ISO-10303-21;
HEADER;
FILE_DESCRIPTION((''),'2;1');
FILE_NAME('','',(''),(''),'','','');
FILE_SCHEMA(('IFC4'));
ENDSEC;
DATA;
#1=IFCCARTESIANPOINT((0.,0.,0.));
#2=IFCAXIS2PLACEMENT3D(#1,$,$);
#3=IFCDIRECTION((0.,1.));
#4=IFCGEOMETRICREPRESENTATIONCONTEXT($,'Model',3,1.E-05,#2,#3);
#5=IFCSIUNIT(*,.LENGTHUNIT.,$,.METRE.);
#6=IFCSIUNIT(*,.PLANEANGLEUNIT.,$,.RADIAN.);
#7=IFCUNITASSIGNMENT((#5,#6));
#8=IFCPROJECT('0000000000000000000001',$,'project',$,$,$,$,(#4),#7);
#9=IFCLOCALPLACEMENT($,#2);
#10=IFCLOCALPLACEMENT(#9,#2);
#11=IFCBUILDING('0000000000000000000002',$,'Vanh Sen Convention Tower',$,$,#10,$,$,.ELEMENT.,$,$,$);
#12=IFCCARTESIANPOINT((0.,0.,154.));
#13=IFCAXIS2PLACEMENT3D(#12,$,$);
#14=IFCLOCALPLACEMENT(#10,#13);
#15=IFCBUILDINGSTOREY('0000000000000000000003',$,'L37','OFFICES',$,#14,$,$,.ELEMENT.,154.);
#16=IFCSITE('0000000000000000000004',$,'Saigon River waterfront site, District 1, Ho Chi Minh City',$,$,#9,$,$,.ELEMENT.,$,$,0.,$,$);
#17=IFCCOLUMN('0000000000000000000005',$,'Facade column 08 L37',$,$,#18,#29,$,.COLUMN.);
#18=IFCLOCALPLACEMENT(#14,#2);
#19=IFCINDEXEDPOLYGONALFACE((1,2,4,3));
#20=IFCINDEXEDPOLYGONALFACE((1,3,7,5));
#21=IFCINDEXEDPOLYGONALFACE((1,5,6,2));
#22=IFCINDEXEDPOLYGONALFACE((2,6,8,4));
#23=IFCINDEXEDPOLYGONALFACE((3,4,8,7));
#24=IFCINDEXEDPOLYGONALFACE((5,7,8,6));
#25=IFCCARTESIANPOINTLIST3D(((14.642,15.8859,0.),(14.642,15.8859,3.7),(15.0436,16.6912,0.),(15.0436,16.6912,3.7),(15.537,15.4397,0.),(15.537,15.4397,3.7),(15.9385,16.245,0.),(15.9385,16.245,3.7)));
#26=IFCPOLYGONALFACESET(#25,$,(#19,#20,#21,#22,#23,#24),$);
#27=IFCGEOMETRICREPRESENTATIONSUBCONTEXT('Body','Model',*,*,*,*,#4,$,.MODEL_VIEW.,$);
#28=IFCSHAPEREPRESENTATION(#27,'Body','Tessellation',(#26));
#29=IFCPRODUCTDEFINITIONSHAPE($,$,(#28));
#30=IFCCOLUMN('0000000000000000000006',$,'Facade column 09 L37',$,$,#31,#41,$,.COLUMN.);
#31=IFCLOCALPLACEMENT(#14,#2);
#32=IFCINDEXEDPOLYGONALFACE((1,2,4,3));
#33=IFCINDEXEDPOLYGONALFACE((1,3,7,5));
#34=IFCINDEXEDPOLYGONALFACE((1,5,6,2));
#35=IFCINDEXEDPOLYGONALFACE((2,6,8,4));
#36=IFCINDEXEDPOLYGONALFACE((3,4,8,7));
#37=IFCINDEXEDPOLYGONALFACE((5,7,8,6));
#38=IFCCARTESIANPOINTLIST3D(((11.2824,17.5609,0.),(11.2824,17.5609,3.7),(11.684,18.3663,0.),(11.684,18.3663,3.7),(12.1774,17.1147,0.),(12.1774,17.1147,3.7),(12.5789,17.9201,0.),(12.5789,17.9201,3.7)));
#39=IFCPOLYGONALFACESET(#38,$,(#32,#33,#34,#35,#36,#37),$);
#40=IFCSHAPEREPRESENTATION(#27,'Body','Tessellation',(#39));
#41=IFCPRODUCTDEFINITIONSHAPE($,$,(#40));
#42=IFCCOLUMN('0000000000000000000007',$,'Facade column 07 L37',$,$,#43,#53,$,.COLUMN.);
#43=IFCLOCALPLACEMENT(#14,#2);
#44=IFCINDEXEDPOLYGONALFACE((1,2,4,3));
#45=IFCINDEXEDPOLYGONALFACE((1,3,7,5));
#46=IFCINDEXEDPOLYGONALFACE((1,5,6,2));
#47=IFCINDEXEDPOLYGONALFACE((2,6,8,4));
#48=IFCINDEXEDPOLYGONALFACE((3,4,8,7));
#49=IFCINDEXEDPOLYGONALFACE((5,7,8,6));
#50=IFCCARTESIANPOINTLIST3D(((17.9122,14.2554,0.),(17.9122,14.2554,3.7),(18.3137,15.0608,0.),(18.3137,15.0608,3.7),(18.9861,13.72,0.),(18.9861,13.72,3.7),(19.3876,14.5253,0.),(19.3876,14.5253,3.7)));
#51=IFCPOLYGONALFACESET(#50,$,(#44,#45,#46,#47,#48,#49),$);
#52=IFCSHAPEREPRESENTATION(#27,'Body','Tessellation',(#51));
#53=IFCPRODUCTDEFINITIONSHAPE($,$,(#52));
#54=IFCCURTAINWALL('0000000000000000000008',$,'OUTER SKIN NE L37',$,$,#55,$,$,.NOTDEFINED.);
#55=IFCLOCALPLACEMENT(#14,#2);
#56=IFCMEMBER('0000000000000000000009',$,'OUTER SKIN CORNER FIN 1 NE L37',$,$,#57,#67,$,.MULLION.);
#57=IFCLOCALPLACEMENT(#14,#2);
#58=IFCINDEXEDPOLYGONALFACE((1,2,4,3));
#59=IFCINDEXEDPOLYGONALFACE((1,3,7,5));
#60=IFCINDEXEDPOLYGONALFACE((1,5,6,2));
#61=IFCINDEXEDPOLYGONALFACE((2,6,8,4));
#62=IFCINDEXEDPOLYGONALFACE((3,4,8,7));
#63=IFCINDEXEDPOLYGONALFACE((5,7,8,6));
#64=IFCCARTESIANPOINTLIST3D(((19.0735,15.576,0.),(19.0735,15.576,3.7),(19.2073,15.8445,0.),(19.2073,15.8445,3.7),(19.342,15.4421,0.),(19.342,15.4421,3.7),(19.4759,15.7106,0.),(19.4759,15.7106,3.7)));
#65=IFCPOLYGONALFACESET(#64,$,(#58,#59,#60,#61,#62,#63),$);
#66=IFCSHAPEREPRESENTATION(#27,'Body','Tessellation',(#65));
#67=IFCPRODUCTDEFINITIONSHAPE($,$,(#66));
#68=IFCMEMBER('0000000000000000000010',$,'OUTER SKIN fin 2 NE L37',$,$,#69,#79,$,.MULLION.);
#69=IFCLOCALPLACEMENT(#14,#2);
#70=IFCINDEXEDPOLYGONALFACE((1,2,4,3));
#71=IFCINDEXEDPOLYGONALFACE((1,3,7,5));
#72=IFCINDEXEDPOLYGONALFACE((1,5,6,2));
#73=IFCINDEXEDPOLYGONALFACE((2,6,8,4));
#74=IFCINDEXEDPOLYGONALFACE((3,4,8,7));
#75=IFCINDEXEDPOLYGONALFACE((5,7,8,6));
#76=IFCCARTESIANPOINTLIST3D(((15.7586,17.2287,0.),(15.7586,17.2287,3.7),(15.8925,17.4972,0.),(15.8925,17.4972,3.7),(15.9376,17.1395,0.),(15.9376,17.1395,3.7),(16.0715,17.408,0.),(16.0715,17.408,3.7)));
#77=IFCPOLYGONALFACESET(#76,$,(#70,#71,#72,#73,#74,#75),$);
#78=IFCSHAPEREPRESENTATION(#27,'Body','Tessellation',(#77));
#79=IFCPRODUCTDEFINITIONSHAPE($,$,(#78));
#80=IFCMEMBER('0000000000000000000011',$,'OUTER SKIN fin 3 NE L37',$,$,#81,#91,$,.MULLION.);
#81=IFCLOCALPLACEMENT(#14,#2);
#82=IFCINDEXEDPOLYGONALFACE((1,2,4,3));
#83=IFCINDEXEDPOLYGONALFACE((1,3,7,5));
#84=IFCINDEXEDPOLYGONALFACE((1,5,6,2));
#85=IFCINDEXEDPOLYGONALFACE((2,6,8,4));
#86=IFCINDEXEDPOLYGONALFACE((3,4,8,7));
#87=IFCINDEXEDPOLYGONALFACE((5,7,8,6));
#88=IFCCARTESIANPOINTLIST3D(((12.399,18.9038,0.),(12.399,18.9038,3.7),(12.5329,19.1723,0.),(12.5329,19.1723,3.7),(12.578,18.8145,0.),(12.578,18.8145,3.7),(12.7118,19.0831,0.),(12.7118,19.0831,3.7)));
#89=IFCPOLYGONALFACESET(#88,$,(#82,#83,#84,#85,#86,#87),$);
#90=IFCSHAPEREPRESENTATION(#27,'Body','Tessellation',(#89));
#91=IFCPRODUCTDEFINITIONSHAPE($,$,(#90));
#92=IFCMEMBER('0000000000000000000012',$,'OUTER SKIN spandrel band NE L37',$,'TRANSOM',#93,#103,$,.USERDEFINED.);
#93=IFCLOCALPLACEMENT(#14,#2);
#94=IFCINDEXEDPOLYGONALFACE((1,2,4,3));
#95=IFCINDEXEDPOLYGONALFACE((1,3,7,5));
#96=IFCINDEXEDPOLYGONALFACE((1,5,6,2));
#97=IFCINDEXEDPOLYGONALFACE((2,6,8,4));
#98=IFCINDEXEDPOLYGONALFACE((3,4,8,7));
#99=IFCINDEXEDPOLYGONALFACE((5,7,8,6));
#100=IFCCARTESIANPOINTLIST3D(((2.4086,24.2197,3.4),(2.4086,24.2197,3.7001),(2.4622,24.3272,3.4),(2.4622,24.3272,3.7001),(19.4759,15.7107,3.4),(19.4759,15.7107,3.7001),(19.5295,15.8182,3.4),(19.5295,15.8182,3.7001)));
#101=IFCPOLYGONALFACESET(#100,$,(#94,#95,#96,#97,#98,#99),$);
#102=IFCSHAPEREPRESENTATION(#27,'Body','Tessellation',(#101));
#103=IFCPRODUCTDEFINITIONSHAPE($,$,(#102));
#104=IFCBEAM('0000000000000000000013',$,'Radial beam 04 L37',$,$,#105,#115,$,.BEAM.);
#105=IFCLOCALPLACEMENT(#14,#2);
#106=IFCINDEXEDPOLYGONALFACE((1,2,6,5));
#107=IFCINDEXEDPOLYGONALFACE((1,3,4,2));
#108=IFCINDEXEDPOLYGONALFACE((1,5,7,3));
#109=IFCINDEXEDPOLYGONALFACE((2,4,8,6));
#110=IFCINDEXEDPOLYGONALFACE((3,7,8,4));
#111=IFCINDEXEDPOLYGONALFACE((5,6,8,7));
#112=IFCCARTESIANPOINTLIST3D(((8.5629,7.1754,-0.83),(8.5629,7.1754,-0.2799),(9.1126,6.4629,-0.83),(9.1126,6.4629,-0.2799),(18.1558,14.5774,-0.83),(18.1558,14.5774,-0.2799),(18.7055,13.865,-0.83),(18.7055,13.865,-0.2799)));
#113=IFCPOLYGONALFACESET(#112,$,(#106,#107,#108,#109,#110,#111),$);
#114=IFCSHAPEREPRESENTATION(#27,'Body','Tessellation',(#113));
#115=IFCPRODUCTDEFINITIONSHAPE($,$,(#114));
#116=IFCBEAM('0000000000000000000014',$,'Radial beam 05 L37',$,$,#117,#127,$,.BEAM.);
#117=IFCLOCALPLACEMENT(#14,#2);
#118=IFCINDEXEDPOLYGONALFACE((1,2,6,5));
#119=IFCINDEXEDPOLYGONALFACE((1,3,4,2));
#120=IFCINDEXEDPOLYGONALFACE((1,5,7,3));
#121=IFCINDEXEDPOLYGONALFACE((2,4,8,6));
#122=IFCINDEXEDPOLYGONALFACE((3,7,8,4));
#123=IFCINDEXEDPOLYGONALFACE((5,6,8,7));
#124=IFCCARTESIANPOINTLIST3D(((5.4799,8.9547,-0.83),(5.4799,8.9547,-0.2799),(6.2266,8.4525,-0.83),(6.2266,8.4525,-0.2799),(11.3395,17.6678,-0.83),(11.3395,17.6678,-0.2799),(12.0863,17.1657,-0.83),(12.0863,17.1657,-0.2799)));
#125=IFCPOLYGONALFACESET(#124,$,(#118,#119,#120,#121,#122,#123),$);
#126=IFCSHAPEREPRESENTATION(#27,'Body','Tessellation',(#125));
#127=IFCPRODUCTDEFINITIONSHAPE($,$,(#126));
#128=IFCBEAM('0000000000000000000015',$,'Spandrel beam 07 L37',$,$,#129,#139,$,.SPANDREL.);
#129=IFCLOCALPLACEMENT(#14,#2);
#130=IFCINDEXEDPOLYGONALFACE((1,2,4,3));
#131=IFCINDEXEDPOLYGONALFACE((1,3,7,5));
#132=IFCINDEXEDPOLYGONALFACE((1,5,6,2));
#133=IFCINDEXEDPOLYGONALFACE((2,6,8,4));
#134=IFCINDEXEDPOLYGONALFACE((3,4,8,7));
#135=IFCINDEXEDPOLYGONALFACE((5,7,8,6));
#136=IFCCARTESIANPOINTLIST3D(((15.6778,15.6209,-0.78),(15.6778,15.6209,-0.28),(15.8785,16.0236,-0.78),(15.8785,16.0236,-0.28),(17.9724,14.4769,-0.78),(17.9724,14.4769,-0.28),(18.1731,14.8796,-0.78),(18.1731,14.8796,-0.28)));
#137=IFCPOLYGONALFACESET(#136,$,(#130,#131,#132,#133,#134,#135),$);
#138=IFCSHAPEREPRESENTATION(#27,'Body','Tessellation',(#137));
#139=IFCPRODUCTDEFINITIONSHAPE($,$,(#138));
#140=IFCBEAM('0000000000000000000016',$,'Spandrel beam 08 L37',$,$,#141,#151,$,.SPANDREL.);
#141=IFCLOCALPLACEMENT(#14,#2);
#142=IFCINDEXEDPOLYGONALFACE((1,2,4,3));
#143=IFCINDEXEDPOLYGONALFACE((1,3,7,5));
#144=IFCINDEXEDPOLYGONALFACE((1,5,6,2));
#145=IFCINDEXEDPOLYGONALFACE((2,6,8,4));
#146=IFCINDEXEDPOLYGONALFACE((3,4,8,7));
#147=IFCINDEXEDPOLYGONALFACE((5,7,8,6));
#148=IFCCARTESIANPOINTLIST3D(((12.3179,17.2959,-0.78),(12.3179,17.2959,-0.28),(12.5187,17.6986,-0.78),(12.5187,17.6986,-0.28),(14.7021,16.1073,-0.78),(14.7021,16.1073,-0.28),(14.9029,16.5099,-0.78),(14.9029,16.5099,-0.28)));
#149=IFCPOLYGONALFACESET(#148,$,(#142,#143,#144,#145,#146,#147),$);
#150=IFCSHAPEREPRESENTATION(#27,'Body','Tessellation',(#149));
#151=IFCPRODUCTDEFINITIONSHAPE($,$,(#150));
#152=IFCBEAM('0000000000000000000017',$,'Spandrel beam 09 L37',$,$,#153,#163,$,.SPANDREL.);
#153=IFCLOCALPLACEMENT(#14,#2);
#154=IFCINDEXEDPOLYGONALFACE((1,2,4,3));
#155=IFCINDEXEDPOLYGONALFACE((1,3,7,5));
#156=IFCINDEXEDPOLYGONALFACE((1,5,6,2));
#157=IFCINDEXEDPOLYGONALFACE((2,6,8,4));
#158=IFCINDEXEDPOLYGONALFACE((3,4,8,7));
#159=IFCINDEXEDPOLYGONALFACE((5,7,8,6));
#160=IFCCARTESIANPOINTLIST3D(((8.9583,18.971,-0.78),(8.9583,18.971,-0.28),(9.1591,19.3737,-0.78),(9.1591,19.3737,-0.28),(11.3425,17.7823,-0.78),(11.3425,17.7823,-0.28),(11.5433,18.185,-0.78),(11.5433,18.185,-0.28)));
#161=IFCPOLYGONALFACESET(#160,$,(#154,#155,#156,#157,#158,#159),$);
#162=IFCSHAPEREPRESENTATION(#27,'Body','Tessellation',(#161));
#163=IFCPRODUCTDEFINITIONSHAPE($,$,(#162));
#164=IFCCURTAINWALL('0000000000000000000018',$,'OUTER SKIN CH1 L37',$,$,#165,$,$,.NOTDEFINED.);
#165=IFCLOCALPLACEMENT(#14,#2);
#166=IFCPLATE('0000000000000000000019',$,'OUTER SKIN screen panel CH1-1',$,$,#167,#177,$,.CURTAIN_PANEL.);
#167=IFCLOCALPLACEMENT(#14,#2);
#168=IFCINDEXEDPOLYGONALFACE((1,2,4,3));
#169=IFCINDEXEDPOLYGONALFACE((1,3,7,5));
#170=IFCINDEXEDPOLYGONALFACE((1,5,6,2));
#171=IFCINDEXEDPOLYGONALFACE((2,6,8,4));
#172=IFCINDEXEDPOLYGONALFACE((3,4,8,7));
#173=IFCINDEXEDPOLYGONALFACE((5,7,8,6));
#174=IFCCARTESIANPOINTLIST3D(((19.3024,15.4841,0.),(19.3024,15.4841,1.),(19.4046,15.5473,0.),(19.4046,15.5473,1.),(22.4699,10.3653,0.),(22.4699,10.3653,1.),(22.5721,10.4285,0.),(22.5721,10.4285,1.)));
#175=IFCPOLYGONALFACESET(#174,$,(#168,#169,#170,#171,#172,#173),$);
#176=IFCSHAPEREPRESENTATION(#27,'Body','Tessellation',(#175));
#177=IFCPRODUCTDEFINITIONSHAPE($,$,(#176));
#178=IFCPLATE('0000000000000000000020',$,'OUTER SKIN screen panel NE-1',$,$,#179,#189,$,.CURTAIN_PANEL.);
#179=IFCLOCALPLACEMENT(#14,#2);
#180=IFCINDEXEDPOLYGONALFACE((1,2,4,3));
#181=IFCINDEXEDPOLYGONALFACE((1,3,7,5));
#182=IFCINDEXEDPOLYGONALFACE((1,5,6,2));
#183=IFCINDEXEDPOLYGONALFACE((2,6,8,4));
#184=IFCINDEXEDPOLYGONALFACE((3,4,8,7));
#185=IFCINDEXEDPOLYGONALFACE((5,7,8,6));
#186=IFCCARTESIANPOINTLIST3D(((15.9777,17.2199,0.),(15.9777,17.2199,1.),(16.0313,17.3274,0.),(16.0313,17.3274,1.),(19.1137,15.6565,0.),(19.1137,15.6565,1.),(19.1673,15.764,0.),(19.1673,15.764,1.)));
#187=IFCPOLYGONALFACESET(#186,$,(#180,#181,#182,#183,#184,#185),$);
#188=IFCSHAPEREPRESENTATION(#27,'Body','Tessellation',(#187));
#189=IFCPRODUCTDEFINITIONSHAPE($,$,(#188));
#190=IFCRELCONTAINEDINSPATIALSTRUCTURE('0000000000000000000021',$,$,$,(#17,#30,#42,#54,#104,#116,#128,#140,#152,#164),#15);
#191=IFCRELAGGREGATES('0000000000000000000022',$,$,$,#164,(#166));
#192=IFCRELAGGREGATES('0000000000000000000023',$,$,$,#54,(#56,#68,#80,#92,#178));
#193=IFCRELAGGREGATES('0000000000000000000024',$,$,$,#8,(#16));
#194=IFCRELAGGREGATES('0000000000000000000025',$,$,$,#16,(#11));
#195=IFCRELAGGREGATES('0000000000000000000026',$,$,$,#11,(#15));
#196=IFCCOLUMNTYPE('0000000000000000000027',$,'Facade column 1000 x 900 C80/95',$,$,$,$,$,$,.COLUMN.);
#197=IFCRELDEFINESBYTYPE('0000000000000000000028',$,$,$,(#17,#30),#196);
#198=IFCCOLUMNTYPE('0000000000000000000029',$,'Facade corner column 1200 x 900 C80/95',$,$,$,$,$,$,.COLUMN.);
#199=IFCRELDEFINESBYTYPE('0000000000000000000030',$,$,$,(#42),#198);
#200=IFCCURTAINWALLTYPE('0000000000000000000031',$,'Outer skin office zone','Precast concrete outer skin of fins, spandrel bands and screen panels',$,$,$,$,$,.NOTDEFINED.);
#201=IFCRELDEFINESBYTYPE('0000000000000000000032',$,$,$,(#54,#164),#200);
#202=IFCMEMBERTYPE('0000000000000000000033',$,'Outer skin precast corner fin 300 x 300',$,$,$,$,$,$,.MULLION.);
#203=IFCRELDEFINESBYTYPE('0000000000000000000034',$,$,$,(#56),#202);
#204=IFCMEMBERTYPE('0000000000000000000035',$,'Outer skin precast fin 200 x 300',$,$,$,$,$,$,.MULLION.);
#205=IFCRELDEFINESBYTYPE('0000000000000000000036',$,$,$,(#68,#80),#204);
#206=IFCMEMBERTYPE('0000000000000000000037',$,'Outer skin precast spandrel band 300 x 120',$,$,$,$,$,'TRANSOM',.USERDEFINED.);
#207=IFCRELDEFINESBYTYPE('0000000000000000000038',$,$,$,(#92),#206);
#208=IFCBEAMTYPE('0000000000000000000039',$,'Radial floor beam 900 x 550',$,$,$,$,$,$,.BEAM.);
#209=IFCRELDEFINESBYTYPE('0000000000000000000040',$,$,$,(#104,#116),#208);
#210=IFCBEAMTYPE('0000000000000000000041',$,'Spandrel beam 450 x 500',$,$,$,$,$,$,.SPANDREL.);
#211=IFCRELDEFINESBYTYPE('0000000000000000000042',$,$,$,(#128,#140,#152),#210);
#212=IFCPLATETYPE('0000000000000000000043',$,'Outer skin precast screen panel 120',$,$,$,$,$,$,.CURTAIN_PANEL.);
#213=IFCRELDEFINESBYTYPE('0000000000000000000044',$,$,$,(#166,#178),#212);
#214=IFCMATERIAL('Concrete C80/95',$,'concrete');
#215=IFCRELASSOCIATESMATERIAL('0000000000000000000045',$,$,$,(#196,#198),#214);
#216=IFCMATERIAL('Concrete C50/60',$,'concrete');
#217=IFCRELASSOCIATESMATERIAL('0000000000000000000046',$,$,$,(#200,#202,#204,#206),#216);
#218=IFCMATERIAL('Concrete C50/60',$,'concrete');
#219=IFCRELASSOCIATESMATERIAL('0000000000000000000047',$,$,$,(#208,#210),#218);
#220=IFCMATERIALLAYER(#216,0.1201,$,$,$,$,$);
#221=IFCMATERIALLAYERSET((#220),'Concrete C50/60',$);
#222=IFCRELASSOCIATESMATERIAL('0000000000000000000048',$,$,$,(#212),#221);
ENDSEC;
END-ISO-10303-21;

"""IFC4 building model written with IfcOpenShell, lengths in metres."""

from ifc_helpers import new_model, si_unit, direction, frame, origin, origin_2d, place, context, subcontext, project, spatial, rectangle, extrude, material, layer, layer_set, material_profile, profile_set, type_object, element, aggregate, save


model = new_model("IFC4")

# Units and contexts
model_context = context("Model", 3, precision=1e-05, world=origin(), true_north=direction((0.0, 1.0)))
body_context = subcontext(model_context, "Body", "Model", "MODEL_VIEW")
ifc_project = project(units=[si_unit("LENGTHUNIT", "METRE"), si_unit("PLANEANGLEUNIT", "RADIAN")], contexts=[model_context])

# Site, building, storey
site_placement = place(None, origin())
site = spatial("IfcSite", under=ifc_project, at=site_placement, Name="Saigon River waterfront site, District 1, Ho Chi Minh City", CompositionType="ELEMENT", RefElevation=0.0)
building_placement = place(site_placement, origin())
building = spatial("IfcBuilding", under=site, at=building_placement, Name="Vanh Sen Convention Tower", CompositionType="ELEMENT")
storey_placement = place(building_placement, frame((0.0, 0.0, 154.0)))
storey = spatial("IfcBuildingStorey", under=building, at=storey_placement, Name="L37", Description="OFFICES", CompositionType="ELEMENT", Elevation=154.0)

# Columns
ifc_material_1 = material(Name="Concrete C80/95", Category="concrete")
ifc_material_profile_1 = material_profile(ifc_material_1, rectangle(XDim=1.0, YDim=0.8999, at=origin_2d()), Name="RC 1000X900")
ifc_profile_set_1 = profile_set([ifc_material_profile_1], Name="Concrete C80/95")
column_type_1 = type_object("IfcColumnType", Name="Facade column 1000 x 900 C80/95", PredefinedType="COLUMN", material=ifc_profile_set_1)
for number, where, z_axis, x_axis, name in (
    (1, (15.2903, 16.0654, 0.0), (0.0, 0.0, 1.0), (-0.894934, 0.446198, 0.0), "Facade column 08 L37"),
    (2, (11.9307, 17.7405, 0.0), (0.0, 0.0, 1.0), (-0.894934, 0.446198, 0.0), "Facade column 09 L37"),
):
    element("IfcColumn", number, at=place(storey_placement, frame(where, z_axis=z_axis, x_axis=x_axis)), inside=storey, type_object=column_type_1, Name=name, PredefinedType="COLUMN", context=body_context, shape_type="SweptSolid", body=[
        extrude(rectangle(XDim=1.0, YDim=0.8999, at=origin_2d()), origin(), (0.0, 0.0, 1.0), 3.7),
    ])
ifc_material_profile_2 = material_profile(ifc_material_1, rectangle(XDim=1.2, YDim=0.8999, at=origin_2d()), Name="RC 1200X900")
ifc_profile_set_2 = profile_set([ifc_material_profile_2], Name="Concrete C80/95")
column_type_2 = type_object("IfcColumnType", Name="Facade corner column 1200 x 900 C80/95", PredefinedType="COLUMN", material=ifc_profile_set_2)
column_placement = place(storey_placement, frame((18.6499, 14.3904, 0.0), z_axis=(0.0, 0.0, 1.0), x_axis=(-0.894934, 0.446198, 0.0)))
element("IfcColumn", 3, at=column_placement, inside=storey, type_object=column_type_2, Name="Facade column 07 L37", PredefinedType="COLUMN", context=body_context, shape_type="SweptSolid", body=[
    extrude(rectangle(XDim=1.2, YDim=0.8999, at=origin_2d()), origin(), (0.0, 0.0, 1.0), 3.7),
])

# Curtain wall, members
ifc_material_2 = material(Name="Concrete C50/60", Category="concrete")
curtain_wall_type = type_object("IfcCurtainWallType", Name="Outer skin office zone", Description="Precast concrete outer skin of fins, spandrel bands and screen panels", PredefinedType="NOTDEFINED", material=ifc_material_2)
curtain_wall_1_placement = place(storey_placement, origin())
curtain_wall_1 = element("IfcCurtainWall", 4, at=curtain_wall_1_placement, inside=storey, type_object=curtain_wall_type, Name="OUTER SKIN NE L37", PredefinedType="NOTDEFINED")
ifc_material_profile_3 = material_profile(ifc_material_2, rectangle(XDim=0.3, YDim=0.3, at=origin_2d()), Name="Outer skin precast corner fin 300 x 300")
ifc_profile_set_3 = profile_set([ifc_material_profile_3], Name="Concrete C50/60")
member_type_1 = type_object("IfcMemberType", Name="Outer skin precast corner fin 300 x 300", PredefinedType="MULLION", material=ifc_profile_set_3)
member_1_placement = place(storey_placement, frame((19.2747, 15.6433, 0.0), z_axis=(0.0, 0.0, 1.0), x_axis=(-0.894934, 0.446198, 0.0)))
member_1 = element("IfcMember", 5, at=member_1_placement, type_object=member_type_1, Name="OUTER SKIN CORNER FIN 1 NE L37", PredefinedType="MULLION", context=body_context, shape_type="SweptSolid", body=[
    extrude(rectangle(XDim=0.3, YDim=0.3, at=origin_2d()), origin(), (0.0, 0.0, 1.0), 3.7),
])
ifc_material_profile_4 = material_profile(ifc_material_2, rectangle(XDim=0.2, YDim=0.3, at=origin_2d()), Name="Outer skin precast fin 200 x 300")
ifc_profile_set_4 = profile_set([ifc_material_profile_4], Name="Concrete C50/60")
member_type_2 = type_object("IfcMemberType", Name="Outer skin precast fin 200 x 300", PredefinedType="MULLION", material=ifc_profile_set_4)
member_2_placement = place(storey_placement, frame((15.915, 17.3184, 0.0), z_axis=(0.0, 0.0, 1.0), x_axis=(-0.894934, 0.446198, 0.0)))
member_2 = element("IfcMember", 6, at=member_2_placement, type_object=member_type_2, Name="OUTER SKIN fin 2 NE L37", PredefinedType="MULLION", context=body_context, shape_type="SweptSolid", body=[
    extrude(rectangle(XDim=0.2, YDim=0.3, at=origin_2d()), origin(), (0.0, 0.0, 1.0), 3.7),
])
member_3_placement = place(storey_placement, frame((12.5554, 18.9934, 0.0), z_axis=(0.0, 0.0, 1.0), x_axis=(-0.894934, 0.446198, 0.0)))
member_3 = element("IfcMember", 7, at=member_3_placement, type_object=member_type_2, Name="OUTER SKIN fin 3 NE L37", PredefinedType="MULLION", context=body_context, shape_type="SweptSolid", body=[
    extrude(rectangle(XDim=0.2, YDim=0.3, at=origin_2d()), origin(), (0.0, 0.0, 1.0), 3.7),
])
ifc_material_profile_5 = material_profile(ifc_material_2, rectangle(XDim=0.1201, YDim=0.3, at=origin_2d()), Name="Outer skin precast spandrel band 300 x 120")
ifc_profile_set_5 = profile_set([ifc_material_profile_5], Name="Concrete C50/60")
member_type_3 = type_object("IfcMemberType", Name="Outer skin precast spandrel band 300 x 120", ElementType="TRANSOM", PredefinedType="USERDEFINED", material=ifc_profile_set_5)
member_4_placement = place(storey_placement, frame((19.5027, 15.7644, 3.55), z_axis=(-0.894941, 0.446184, 0.0), x_axis=(-0.446184, -0.894941, 0.0)))
member_4 = element("IfcMember", 8, at=member_4_placement, type_object=member_type_3, Name="OUTER SKIN spandrel band NE L37", ObjectType="TRANSOM", PredefinedType="USERDEFINED", context=body_context, shape_type="SweptSolid", body=[
    extrude(rectangle(XDim=0.1201, YDim=0.3, at=origin_2d()), origin(), (0.0, 0.0, 1.0), 19.0708),
])

# Beams
ifc_material_3 = material(Name="Concrete C50/60", Category="concrete")
ifc_material_profile_6 = material_profile(ifc_material_3, rectangle(XDim=0.8999, YDim=0.55, at=origin_2d()), Name="RC 900X550")
ifc_profile_set_6 = profile_set([ifc_material_profile_6], Name="Concrete C50/60")
beam_type_1 = type_object("IfcBeamType", Name="Radial floor beam 900 x 550", PredefinedType="BEAM", material=ifc_profile_set_6)
beam_1_placement = place(storey_placement, frame((18.4307, 14.2212, -0.5549), z_axis=(-0.791712, -0.610895, 0.0), x_axis=(0.610895, -0.791712, 0.0)))
element("IfcBeam", 9, at=beam_1_placement, inside=storey, type_object=beam_type_1, Name="Radial beam 04 L37", PredefinedType="BEAM", context=body_context, shape_type="SweptSolid", body=[
    extrude(rectangle(XDim=0.8999, YDim=0.55, at=origin_2d()), origin(), (0.0, 0.0, 1.0), 12.1167),
])
beam_2_placement = place(storey_placement, frame((11.7129, 17.4167, -0.5549), z_axis=(-0.558049, -0.829808, 0.0), x_axis=(0.829808, -0.558049, 0.0)))
element("IfcBeam", 10, at=beam_2_placement, inside=storey, type_object=beam_type_1, Name="Radial beam 05 L37", PredefinedType="BEAM", context=body_context, shape_type="SweptSolid", body=[
    extrude(rectangle(XDim=0.8999, YDim=0.55, at=origin_2d()), origin(), (0.0, 0.0, 1.0), 10.5002),
])
ifc_material_profile_7 = material_profile(ifc_material_3, rectangle(XDim=0.45, YDim=0.5, at=origin_2d()), Name="RC 450X500")
ifc_profile_set_7 = profile_set([ifc_material_profile_7], Name="Concrete C50/60")
beam_type_2 = type_object("IfcBeamType", Name="Spandrel beam 450 x 500", PredefinedType="SPANDREL", material=ifc_profile_set_7)
beam_3_placement = place(storey_placement, frame((18.0728, 14.6782, -0.53), z_axis=(-0.894941, 0.446185, 0.0), x_axis=(-0.446185, -0.894941, 0.0)))
element("IfcBeam", 11, at=beam_3_placement, inside=storey, type_object=beam_type_2, Name="Spandrel beam 07 L37", PredefinedType="SPANDREL", context=body_context, shape_type="SweptSolid", body=[
    extrude(rectangle(XDim=0.45, YDim=0.5, at=origin_2d()), origin(), (0.0, 0.0, 1.0), 2.564),
])
for number, where, z_axis, x_axis, name in (
    (12, (14.8025, 16.3086, -0.53), (-0.89494, 0.446187, 0.0), (-0.446187, -0.89494, 0.0), "Spandrel beam 08 L37"),
    (13, (11.4429, 17.9836, -0.53), (-0.89494, 0.446187, 0.0), (-0.446187, -0.89494, 0.0), "Spandrel beam 09 L37"),
):
    element("IfcBeam", number, at=place(storey_placement, frame(where, z_axis=z_axis, x_axis=x_axis)), inside=storey, type_object=beam_type_2, Name=name, PredefinedType="SPANDREL", context=body_context, shape_type="SweptSolid", body=[
        extrude(rectangle(XDim=0.45, YDim=0.5, at=origin_2d()), origin(), (0.0, 0.0, 1.0), 2.6641),
    ])

# Curtain wall, plate
curtain_wall_2_placement = place(storey_placement, origin())
curtain_wall_2 = element("IfcCurtainWall", 14, at=curtain_wall_2_placement, inside=storey, type_object=curtain_wall_type, Name="OUTER SKIN CH1 L37", PredefinedType="NOTDEFINED")
ifc_layer_1 = layer(ifc_material_2, 0.1201)
ifc_layer_set_1 = layer_set([ifc_layer_1], Name="Concrete C50/60")
plate_type = type_object("IfcPlateType", Name="Outer skin precast screen panel 120", PredefinedType="CURTAIN_PANEL", material=ifc_layer_set_1)
plate_1_placement = place(storey_placement, frame((20.9373, 12.9563, 0.0), z_axis=(0.0, 0.0, 1.0), x_axis=(-0.526204, 0.850359, 0.0)))
plate_1 = element("IfcPlate", 15, at=plate_1_placement, type_object=plate_type, Name="OUTER SKIN screen panel CH1-1", PredefinedType="CURTAIN_PANEL", context=body_context, shape_type="SweptSolid", body=[
    extrude(rectangle(XDim=6.0195, YDim=0.1201, at=origin_2d()), origin(), (0.0, 0.0, 1.0), 1.0),
])
aggregate(curtain_wall_2, [plate_1])

# Plate
plate_2_placement = place(storey_placement, frame((17.5725, 16.4919, 0.0), z_axis=(0.0, 0.0, 1.0), x_axis=(-0.894944, 0.446179, 0.0)))
plate_2 = element("IfcPlate", 16, at=plate_2_placement, type_object=plate_type, Name="OUTER SKIN screen panel NE-1", PredefinedType="CURTAIN_PANEL", context=body_context, shape_type="SweptSolid", body=[
    extrude(rectangle(XDim=3.5042, YDim=0.1201, at=origin_2d()), origin(), (0.0, 0.0, 1.0), 1.0),
])
aggregate(curtain_wall_1, [member_1, member_2, member_3, member_4, plate_2])

save(model, "model.ifc")
